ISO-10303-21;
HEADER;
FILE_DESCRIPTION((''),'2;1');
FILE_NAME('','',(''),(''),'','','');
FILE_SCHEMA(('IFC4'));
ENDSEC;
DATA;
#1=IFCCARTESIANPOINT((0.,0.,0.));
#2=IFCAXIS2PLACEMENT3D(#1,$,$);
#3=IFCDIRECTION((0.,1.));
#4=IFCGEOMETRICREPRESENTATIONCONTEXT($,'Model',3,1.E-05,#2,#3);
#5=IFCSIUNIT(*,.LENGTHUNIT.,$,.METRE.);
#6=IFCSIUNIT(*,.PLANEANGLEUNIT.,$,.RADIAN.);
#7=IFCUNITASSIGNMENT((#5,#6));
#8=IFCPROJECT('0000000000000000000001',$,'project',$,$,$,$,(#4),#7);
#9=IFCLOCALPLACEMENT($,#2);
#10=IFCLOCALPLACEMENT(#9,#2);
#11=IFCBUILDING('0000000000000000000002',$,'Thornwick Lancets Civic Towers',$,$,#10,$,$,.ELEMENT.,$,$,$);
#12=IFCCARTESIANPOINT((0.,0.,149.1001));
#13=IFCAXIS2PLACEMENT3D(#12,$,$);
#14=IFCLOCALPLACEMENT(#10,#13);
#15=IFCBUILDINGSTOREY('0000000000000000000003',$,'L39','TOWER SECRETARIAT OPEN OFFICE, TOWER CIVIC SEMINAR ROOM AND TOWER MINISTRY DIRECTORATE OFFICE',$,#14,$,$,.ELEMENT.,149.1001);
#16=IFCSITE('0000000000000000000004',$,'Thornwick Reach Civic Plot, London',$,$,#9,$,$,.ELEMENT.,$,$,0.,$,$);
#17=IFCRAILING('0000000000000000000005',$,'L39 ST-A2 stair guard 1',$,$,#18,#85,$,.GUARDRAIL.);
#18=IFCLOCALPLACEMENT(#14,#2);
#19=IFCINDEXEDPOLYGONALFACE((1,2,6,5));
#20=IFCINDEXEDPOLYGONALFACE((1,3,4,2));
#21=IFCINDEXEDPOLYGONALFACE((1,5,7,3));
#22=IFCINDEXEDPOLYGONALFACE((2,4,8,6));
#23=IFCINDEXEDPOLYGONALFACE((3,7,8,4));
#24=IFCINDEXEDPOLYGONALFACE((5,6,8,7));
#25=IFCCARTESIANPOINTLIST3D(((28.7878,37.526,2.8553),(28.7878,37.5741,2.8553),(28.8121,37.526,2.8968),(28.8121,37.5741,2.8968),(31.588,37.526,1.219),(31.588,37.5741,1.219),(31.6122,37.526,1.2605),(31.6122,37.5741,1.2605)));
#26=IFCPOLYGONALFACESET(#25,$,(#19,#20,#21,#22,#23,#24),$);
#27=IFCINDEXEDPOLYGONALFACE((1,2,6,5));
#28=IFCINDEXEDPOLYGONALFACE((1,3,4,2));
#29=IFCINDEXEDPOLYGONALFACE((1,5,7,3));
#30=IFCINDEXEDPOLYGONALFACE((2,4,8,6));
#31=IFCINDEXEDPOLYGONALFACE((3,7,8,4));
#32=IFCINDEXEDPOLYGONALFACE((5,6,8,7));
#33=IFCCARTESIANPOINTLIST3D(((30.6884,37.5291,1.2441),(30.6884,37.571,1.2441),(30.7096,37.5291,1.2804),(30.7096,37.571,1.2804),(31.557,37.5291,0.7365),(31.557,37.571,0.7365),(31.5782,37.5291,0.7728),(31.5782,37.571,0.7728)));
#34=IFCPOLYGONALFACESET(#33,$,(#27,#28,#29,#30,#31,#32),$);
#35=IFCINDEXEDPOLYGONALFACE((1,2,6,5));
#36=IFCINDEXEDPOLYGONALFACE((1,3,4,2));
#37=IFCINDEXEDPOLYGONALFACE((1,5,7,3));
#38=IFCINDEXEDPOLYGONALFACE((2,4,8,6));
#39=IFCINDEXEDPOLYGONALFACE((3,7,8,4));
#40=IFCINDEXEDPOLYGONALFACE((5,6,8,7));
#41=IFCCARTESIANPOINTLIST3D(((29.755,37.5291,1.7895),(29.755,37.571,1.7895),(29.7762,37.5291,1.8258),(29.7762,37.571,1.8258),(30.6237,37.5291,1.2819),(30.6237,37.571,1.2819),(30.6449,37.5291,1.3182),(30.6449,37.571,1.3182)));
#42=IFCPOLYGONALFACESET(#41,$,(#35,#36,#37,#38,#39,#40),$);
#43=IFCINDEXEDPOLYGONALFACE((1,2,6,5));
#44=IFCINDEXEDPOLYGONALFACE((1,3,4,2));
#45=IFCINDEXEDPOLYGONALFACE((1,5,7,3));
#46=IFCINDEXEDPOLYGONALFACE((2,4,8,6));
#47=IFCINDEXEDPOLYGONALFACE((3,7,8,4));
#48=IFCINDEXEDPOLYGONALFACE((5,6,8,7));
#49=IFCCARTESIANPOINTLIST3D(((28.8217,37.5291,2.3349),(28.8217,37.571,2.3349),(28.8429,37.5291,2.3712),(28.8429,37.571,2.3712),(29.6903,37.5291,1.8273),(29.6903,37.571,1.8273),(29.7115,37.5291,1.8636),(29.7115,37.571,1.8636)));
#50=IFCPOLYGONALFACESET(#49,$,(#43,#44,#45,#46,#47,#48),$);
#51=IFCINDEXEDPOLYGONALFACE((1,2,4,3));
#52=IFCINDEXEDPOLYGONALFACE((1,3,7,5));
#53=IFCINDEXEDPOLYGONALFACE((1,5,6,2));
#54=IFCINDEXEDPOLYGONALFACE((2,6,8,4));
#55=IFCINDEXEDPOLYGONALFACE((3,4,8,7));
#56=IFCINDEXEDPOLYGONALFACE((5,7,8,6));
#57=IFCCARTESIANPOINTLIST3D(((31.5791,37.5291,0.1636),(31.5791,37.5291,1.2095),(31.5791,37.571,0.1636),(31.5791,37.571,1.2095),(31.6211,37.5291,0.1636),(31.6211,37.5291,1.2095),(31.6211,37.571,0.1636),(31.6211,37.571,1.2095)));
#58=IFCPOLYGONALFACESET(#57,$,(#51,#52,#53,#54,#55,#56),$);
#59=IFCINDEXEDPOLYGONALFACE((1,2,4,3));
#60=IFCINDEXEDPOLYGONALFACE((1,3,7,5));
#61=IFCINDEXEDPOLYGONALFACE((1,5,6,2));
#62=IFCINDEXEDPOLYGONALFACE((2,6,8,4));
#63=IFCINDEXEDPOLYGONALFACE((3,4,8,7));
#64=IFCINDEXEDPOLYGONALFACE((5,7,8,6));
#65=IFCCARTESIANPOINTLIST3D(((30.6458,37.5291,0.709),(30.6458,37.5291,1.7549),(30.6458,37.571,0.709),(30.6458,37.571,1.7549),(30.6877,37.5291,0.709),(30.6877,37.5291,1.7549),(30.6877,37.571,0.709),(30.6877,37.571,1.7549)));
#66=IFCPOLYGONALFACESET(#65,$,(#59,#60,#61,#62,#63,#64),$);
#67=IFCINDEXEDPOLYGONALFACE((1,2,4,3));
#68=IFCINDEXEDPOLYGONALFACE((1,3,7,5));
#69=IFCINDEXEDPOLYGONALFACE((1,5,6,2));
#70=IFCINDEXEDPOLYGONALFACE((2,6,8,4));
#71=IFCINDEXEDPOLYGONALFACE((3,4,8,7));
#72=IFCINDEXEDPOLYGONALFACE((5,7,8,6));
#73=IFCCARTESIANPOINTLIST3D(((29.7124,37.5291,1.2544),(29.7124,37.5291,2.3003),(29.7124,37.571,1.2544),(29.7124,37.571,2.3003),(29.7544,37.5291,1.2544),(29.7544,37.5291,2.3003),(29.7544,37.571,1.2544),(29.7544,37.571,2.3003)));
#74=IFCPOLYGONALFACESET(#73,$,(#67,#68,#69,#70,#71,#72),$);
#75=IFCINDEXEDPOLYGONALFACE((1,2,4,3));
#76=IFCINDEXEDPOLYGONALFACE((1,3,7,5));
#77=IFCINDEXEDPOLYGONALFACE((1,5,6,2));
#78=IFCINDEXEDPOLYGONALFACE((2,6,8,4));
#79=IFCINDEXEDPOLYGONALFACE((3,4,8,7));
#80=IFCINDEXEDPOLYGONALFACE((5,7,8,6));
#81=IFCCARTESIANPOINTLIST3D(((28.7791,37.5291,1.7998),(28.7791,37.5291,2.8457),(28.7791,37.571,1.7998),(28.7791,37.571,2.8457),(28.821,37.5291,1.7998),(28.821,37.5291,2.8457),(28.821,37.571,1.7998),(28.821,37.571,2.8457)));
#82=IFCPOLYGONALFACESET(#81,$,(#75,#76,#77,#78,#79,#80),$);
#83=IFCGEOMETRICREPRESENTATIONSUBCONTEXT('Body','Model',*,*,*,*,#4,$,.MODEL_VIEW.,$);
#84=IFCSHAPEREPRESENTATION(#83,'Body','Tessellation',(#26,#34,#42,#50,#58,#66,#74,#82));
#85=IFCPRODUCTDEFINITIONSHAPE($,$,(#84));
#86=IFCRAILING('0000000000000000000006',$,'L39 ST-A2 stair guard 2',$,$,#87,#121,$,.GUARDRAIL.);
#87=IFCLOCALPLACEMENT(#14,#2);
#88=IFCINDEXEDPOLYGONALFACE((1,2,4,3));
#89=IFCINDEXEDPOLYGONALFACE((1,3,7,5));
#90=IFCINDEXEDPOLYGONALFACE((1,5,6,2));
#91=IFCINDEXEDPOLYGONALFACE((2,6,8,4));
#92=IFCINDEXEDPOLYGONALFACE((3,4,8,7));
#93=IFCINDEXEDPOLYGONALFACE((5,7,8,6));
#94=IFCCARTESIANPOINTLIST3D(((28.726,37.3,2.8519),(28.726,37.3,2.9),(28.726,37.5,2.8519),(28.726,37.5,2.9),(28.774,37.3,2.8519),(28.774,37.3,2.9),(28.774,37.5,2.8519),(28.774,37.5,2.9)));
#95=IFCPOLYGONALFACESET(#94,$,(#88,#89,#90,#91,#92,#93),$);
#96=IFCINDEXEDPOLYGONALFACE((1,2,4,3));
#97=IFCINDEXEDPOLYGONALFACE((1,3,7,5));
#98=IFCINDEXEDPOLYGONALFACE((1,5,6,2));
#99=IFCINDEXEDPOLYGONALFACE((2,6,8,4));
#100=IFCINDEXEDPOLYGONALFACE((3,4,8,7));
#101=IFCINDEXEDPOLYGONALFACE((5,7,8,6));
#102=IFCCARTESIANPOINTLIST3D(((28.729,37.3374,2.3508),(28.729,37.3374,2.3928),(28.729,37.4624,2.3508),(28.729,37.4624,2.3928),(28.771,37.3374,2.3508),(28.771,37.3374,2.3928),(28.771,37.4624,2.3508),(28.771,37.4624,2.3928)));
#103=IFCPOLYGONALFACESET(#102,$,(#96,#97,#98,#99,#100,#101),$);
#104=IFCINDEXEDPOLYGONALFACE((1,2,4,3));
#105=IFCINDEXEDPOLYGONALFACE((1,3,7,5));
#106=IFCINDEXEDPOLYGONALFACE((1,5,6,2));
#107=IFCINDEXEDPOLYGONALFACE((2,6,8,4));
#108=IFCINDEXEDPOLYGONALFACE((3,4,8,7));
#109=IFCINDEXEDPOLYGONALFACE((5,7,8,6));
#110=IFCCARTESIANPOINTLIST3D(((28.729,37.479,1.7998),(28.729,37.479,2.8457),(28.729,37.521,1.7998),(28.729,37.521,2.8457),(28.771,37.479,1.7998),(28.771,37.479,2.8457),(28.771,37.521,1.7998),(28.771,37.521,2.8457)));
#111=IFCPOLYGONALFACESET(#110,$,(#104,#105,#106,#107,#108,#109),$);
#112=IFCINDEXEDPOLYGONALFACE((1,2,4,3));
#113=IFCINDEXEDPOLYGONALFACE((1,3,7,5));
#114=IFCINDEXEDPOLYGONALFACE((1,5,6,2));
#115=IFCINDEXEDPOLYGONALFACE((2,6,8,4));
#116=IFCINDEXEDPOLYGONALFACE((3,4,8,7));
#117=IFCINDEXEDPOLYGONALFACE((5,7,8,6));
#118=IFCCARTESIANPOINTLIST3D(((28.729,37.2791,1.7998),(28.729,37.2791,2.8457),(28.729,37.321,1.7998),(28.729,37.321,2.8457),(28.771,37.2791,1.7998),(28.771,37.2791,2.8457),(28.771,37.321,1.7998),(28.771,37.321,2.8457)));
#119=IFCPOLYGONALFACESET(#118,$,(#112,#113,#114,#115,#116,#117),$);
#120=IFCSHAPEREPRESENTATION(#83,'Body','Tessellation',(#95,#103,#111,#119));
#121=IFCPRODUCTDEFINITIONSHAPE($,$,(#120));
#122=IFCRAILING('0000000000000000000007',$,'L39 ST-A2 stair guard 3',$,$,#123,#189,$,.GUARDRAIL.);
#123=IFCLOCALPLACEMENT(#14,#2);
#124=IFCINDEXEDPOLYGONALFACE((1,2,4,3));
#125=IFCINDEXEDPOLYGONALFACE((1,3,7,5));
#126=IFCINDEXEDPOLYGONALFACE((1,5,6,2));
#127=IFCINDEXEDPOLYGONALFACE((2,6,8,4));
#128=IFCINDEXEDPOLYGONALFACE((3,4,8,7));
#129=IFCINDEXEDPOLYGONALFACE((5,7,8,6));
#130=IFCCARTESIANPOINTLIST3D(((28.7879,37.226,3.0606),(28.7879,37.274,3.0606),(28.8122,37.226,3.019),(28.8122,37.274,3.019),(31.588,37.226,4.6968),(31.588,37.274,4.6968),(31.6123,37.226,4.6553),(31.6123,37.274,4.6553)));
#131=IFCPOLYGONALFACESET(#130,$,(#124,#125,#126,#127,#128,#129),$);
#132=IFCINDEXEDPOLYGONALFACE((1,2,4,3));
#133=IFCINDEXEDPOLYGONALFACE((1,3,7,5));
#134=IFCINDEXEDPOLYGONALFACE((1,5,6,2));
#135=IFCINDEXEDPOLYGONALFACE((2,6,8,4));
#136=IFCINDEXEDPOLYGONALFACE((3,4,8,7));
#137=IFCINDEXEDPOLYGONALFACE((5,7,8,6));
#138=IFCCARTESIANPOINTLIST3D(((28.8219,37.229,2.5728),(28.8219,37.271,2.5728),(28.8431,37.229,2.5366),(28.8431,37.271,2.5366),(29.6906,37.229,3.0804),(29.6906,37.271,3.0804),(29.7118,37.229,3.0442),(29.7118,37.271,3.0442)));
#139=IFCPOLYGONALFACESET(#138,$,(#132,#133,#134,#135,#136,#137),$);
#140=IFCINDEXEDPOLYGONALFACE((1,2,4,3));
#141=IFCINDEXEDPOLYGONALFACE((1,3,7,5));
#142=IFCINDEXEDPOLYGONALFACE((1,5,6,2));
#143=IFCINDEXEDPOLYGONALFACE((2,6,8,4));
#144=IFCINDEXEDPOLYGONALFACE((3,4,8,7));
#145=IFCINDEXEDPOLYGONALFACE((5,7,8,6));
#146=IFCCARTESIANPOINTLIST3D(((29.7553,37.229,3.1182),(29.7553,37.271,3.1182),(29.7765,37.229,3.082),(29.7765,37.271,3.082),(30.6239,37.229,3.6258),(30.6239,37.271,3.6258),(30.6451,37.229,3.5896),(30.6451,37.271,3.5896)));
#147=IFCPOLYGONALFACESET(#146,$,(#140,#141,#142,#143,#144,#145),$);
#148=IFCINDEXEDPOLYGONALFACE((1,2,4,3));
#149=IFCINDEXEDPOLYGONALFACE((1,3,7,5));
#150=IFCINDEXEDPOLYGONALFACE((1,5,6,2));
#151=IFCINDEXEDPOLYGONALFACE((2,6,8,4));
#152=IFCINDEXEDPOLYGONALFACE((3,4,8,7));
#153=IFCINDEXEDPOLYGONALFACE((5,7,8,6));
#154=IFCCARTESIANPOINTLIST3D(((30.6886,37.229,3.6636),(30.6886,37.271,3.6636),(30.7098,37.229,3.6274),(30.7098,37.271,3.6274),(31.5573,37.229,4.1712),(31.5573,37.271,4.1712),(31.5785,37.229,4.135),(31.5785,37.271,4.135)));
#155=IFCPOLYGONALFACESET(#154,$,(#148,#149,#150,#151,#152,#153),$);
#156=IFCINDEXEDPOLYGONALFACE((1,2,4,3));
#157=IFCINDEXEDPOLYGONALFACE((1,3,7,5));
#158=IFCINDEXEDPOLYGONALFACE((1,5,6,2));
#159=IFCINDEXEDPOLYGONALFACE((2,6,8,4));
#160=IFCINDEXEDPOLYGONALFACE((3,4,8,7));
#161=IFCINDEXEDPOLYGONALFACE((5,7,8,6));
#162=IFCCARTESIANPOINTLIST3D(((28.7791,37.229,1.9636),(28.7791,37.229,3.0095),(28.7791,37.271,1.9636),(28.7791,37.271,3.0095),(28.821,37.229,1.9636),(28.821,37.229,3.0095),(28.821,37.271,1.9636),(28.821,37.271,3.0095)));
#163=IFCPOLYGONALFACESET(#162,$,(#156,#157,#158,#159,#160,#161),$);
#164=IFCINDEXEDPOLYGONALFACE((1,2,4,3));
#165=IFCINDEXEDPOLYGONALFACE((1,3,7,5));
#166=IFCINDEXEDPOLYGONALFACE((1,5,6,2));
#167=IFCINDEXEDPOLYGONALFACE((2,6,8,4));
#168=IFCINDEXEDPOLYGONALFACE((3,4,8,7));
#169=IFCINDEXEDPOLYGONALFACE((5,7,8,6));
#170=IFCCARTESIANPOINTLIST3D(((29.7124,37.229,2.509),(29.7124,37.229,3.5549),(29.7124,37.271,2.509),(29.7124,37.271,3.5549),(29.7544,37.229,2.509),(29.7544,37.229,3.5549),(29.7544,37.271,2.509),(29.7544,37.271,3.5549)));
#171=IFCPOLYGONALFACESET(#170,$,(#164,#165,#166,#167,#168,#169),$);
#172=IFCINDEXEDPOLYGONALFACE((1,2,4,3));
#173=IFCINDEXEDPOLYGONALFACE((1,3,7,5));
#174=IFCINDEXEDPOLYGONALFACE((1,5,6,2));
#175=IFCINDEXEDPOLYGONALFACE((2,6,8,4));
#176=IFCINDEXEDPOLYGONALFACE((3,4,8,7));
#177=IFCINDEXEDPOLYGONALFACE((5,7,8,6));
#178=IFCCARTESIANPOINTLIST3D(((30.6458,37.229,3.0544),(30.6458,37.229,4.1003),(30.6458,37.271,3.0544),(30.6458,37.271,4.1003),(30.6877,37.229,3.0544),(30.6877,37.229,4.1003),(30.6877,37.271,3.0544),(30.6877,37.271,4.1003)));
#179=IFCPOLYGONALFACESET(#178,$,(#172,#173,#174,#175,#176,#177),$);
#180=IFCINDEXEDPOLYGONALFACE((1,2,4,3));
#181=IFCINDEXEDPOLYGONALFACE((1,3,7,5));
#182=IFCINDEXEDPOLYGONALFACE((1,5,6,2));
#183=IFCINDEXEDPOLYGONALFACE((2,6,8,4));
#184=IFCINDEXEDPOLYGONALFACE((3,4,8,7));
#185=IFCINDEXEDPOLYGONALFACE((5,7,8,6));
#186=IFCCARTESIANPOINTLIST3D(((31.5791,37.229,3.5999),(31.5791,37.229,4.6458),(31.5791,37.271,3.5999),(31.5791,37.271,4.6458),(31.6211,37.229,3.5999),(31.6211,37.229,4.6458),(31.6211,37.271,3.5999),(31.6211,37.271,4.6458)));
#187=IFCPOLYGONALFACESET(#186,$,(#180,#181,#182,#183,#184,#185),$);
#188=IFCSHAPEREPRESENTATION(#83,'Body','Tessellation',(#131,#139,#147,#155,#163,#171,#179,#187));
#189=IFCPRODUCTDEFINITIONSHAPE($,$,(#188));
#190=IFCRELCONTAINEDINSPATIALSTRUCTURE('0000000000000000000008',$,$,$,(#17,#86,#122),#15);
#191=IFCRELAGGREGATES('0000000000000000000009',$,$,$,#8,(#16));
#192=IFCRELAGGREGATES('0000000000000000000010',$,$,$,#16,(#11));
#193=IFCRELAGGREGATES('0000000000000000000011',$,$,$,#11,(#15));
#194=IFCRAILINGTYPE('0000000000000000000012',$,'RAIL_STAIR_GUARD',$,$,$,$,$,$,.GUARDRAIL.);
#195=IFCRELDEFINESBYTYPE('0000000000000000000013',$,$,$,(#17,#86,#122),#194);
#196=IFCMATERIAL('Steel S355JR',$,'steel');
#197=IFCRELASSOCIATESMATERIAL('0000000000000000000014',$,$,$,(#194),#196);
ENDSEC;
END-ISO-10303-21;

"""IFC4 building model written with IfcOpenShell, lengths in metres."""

from ifc_helpers import new_model, si_unit, direction, frame, origin, origin_2d, place, context, subcontext, project, spatial, rectangle, extrude, material, type_object, element, save


model = new_model("IFC4")

# Units and contexts
model_context = context("Model", 3, precision=1e-05, world=origin(), true_north=direction((0.0, 1.0)))
body_context = subcontext(model_context, "Body", "Model", "MODEL_VIEW")
ifc_project = project(units=[si_unit("LENGTHUNIT", "METRE"), si_unit("PLANEANGLEUNIT", "RADIAN")], contexts=[model_context])

# Site, building, storey
site_placement = place(None, origin())
site = spatial("IfcSite", under=ifc_project, at=site_placement, Name="Thornwick Reach Civic Plot, London", CompositionType="ELEMENT", RefElevation=0.0)
building_placement = place(site_placement, origin())
building = spatial("IfcBuilding", under=site, at=building_placement, Name="Thornwick Lancets Civic Towers", CompositionType="ELEMENT")
storey_placement = place(building_placement, frame((0.0, 0.0, 149.1001)))
storey = spatial("IfcBuildingStorey", under=building, at=storey_placement, Name="L39", Description="TOWER SECRETARIAT OPEN OFFICE, TOWER CIVIC SEMINAR ROOM AND TOWER MINISTRY DIRECTORATE OFFICE", CompositionType="ELEMENT", Elevation=149.1001)

# Shared definitions
ifc_material_1 = material(Name="Steel S355JR", Category="steel")

# Railings
railing_type_1 = type_object("IfcRailingType", Name="RAIL_STAIR_GUARD", PredefinedType="GUARDRAIL", material=ifc_material_1)
railing_1_placement = place(storey_placement, frame((31.6001, 37.55, 0.1636)))
element("IfcRailing", 1, at=railing_1_placement, inside=storey, type_object=railing_type_1, Name="L39 ST-A2 stair guard 1", PredefinedType="GUARDRAIL", context=body_context, shape_type="SweptSolid", body=[
    extrude(rectangle(XDim=0.0481, YDim=0.0481, at=origin_2d()), frame((0.0, 0.0, 1.0762), z_axis=(-0.863394, 0.0, 0.504531), x_axis=(0.0, -1.0, 0.0)), (0.0, 0.0, 1.0), 3.2432),
    extrude(rectangle(XDim=0.042, YDim=0.042, at=origin_2d()), frame((-0.0325, 0.0, 0.5911), z_axis=(-0.863394, 0.0, 0.504531), x_axis=(0.0, -1.0, 0.0)), (0.0, 0.0, 1.0), 1.0061),
    extrude(rectangle(XDim=0.042, YDim=0.042, at=origin_2d()), frame((-0.9658, 0.0, 1.1365), z_axis=(-0.863394, 0.0, 0.504531), x_axis=(0.0, -1.0, 0.0)), (0.0, 0.0, 1.0), 1.0061),
    extrude(rectangle(XDim=0.042, YDim=0.042, at=origin_2d()), frame((-1.8992, 0.0, 1.6819), z_axis=(-0.863394, 0.0, 0.504531), x_axis=(0.0, -1.0, 0.0)), (0.0, 0.0, 1.0), 1.0061),
    extrude(rectangle(XDim=0.042, YDim=0.042, at=origin_2d()), origin(), (0.0, 0.0, 1.0), 1.0459),
    extrude(rectangle(XDim=0.042, YDim=0.042, at=origin_2d()), frame((-0.9333, 0.0, 0.5454)), (0.0, 0.0, 1.0), 1.0459),
    extrude(rectangle(XDim=0.042, YDim=0.042, at=origin_2d()), frame((-1.8667, 0.0, 1.0908)), (0.0, 0.0, 1.0), 1.0459),
    extrude(rectangle(XDim=0.042, YDim=0.042, at=origin_2d()), frame((-2.8, 0.0, 1.6362)), (0.0, 0.0, 1.0), 1.0459),
])
railing_2_placement = place(storey_placement, frame((28.75, 37.5, 1.7998)))
element("IfcRailing", 2, at=railing_2_placement, inside=storey, type_object=railing_type_1, Name="L39 ST-A2 stair guard 2", PredefinedType="GUARDRAIL", context=body_context, shape_type="SweptSolid", body=[
    extrude(rectangle(XDim=0.0481, YDim=0.0481, at=origin_2d()), frame((0.0, 0.0, 1.0762), z_axis=(0.0, -1.0, 0.0), x_axis=(1.0, 0.0, 0.0)), (0.0, 0.0, 1.0), 0.2),
    extrude(rectangle(XDim=0.042, YDim=0.042, at=origin_2d()), frame((0.0, -0.0376, 0.572), z_axis=(0.0, -1.0, 0.0), x_axis=(1.0, 0.0, 0.0)), (0.0, 0.0, 1.0), 0.125),
    extrude(rectangle(XDim=0.042, YDim=0.042, at=origin_2d()), origin(), (0.0, 0.0, 1.0), 1.0459),
    extrude(rectangle(XDim=0.042, YDim=0.042, at=origin_2d()), frame((0.0, -0.2, 0.0)), (0.0, 0.0, 1.0), 1.0459),
])
railing_3_placement = place(storey_placement, frame((28.8, 37.25, 1.9636)))
element("IfcRailing", 3, at=railing_3_placement, inside=storey, type_object=railing_type_1, Name="L39 ST-A2 stair guard 3", PredefinedType="GUARDRAIL", context=body_context, shape_type="SweptSolid", body=[
    extrude(rectangle(XDim=0.0481, YDim=0.0481, at=origin_2d()), frame((0.0, 0.0, 1.0762), z_axis=(0.863394, 0.0, 0.504531), x_axis=(0.0, 1.0, 0.0)), (0.0, 0.0, 1.0), 3.2432),
    extrude(rectangle(XDim=0.042, YDim=0.042, at=origin_2d()), frame((0.0325, 0.0, 0.5911), z_axis=(0.863394, 0.0, 0.504531), x_axis=(0.0, 1.0, 0.0)), (0.0, 0.0, 1.0), 1.0061),
    extrude(rectangle(XDim=0.042, YDim=0.042, at=origin_2d()), frame((0.9658, 0.0, 1.1365), z_axis=(0.863394, 0.0, 0.504531), x_axis=(0.0, 1.0, 0.0)), (0.0, 0.0, 1.0), 1.0061),
    extrude(rectangle(XDim=0.042, YDim=0.042, at=origin_2d()), frame((1.8992, 0.0, 1.6819), z_axis=(0.863394, 0.0, 0.504531), x_axis=(0.0, 1.0, 0.0)), (0.0, 0.0, 1.0), 1.0061),
    extrude(rectangle(XDim=0.042, YDim=0.042, at=origin_2d()), origin(), (0.0, 0.0, 1.0), 1.0459),
    extrude(rectangle(XDim=0.042, YDim=0.042, at=origin_2d()), frame((0.9333, 0.0, 0.5454)), (0.0, 0.0, 1.0), 1.0459),
    extrude(rectangle(XDim=0.042, YDim=0.042, at=origin_2d()), frame((1.8667, 0.0, 1.0908)), (0.0, 0.0, 1.0), 1.0459),
    extrude(rectangle(XDim=0.042, YDim=0.042, at=origin_2d()), frame((2.8, 0.0, 1.6362)), (0.0, 0.0, 1.0), 1.0459),
])

save(model, "model.ifc")
